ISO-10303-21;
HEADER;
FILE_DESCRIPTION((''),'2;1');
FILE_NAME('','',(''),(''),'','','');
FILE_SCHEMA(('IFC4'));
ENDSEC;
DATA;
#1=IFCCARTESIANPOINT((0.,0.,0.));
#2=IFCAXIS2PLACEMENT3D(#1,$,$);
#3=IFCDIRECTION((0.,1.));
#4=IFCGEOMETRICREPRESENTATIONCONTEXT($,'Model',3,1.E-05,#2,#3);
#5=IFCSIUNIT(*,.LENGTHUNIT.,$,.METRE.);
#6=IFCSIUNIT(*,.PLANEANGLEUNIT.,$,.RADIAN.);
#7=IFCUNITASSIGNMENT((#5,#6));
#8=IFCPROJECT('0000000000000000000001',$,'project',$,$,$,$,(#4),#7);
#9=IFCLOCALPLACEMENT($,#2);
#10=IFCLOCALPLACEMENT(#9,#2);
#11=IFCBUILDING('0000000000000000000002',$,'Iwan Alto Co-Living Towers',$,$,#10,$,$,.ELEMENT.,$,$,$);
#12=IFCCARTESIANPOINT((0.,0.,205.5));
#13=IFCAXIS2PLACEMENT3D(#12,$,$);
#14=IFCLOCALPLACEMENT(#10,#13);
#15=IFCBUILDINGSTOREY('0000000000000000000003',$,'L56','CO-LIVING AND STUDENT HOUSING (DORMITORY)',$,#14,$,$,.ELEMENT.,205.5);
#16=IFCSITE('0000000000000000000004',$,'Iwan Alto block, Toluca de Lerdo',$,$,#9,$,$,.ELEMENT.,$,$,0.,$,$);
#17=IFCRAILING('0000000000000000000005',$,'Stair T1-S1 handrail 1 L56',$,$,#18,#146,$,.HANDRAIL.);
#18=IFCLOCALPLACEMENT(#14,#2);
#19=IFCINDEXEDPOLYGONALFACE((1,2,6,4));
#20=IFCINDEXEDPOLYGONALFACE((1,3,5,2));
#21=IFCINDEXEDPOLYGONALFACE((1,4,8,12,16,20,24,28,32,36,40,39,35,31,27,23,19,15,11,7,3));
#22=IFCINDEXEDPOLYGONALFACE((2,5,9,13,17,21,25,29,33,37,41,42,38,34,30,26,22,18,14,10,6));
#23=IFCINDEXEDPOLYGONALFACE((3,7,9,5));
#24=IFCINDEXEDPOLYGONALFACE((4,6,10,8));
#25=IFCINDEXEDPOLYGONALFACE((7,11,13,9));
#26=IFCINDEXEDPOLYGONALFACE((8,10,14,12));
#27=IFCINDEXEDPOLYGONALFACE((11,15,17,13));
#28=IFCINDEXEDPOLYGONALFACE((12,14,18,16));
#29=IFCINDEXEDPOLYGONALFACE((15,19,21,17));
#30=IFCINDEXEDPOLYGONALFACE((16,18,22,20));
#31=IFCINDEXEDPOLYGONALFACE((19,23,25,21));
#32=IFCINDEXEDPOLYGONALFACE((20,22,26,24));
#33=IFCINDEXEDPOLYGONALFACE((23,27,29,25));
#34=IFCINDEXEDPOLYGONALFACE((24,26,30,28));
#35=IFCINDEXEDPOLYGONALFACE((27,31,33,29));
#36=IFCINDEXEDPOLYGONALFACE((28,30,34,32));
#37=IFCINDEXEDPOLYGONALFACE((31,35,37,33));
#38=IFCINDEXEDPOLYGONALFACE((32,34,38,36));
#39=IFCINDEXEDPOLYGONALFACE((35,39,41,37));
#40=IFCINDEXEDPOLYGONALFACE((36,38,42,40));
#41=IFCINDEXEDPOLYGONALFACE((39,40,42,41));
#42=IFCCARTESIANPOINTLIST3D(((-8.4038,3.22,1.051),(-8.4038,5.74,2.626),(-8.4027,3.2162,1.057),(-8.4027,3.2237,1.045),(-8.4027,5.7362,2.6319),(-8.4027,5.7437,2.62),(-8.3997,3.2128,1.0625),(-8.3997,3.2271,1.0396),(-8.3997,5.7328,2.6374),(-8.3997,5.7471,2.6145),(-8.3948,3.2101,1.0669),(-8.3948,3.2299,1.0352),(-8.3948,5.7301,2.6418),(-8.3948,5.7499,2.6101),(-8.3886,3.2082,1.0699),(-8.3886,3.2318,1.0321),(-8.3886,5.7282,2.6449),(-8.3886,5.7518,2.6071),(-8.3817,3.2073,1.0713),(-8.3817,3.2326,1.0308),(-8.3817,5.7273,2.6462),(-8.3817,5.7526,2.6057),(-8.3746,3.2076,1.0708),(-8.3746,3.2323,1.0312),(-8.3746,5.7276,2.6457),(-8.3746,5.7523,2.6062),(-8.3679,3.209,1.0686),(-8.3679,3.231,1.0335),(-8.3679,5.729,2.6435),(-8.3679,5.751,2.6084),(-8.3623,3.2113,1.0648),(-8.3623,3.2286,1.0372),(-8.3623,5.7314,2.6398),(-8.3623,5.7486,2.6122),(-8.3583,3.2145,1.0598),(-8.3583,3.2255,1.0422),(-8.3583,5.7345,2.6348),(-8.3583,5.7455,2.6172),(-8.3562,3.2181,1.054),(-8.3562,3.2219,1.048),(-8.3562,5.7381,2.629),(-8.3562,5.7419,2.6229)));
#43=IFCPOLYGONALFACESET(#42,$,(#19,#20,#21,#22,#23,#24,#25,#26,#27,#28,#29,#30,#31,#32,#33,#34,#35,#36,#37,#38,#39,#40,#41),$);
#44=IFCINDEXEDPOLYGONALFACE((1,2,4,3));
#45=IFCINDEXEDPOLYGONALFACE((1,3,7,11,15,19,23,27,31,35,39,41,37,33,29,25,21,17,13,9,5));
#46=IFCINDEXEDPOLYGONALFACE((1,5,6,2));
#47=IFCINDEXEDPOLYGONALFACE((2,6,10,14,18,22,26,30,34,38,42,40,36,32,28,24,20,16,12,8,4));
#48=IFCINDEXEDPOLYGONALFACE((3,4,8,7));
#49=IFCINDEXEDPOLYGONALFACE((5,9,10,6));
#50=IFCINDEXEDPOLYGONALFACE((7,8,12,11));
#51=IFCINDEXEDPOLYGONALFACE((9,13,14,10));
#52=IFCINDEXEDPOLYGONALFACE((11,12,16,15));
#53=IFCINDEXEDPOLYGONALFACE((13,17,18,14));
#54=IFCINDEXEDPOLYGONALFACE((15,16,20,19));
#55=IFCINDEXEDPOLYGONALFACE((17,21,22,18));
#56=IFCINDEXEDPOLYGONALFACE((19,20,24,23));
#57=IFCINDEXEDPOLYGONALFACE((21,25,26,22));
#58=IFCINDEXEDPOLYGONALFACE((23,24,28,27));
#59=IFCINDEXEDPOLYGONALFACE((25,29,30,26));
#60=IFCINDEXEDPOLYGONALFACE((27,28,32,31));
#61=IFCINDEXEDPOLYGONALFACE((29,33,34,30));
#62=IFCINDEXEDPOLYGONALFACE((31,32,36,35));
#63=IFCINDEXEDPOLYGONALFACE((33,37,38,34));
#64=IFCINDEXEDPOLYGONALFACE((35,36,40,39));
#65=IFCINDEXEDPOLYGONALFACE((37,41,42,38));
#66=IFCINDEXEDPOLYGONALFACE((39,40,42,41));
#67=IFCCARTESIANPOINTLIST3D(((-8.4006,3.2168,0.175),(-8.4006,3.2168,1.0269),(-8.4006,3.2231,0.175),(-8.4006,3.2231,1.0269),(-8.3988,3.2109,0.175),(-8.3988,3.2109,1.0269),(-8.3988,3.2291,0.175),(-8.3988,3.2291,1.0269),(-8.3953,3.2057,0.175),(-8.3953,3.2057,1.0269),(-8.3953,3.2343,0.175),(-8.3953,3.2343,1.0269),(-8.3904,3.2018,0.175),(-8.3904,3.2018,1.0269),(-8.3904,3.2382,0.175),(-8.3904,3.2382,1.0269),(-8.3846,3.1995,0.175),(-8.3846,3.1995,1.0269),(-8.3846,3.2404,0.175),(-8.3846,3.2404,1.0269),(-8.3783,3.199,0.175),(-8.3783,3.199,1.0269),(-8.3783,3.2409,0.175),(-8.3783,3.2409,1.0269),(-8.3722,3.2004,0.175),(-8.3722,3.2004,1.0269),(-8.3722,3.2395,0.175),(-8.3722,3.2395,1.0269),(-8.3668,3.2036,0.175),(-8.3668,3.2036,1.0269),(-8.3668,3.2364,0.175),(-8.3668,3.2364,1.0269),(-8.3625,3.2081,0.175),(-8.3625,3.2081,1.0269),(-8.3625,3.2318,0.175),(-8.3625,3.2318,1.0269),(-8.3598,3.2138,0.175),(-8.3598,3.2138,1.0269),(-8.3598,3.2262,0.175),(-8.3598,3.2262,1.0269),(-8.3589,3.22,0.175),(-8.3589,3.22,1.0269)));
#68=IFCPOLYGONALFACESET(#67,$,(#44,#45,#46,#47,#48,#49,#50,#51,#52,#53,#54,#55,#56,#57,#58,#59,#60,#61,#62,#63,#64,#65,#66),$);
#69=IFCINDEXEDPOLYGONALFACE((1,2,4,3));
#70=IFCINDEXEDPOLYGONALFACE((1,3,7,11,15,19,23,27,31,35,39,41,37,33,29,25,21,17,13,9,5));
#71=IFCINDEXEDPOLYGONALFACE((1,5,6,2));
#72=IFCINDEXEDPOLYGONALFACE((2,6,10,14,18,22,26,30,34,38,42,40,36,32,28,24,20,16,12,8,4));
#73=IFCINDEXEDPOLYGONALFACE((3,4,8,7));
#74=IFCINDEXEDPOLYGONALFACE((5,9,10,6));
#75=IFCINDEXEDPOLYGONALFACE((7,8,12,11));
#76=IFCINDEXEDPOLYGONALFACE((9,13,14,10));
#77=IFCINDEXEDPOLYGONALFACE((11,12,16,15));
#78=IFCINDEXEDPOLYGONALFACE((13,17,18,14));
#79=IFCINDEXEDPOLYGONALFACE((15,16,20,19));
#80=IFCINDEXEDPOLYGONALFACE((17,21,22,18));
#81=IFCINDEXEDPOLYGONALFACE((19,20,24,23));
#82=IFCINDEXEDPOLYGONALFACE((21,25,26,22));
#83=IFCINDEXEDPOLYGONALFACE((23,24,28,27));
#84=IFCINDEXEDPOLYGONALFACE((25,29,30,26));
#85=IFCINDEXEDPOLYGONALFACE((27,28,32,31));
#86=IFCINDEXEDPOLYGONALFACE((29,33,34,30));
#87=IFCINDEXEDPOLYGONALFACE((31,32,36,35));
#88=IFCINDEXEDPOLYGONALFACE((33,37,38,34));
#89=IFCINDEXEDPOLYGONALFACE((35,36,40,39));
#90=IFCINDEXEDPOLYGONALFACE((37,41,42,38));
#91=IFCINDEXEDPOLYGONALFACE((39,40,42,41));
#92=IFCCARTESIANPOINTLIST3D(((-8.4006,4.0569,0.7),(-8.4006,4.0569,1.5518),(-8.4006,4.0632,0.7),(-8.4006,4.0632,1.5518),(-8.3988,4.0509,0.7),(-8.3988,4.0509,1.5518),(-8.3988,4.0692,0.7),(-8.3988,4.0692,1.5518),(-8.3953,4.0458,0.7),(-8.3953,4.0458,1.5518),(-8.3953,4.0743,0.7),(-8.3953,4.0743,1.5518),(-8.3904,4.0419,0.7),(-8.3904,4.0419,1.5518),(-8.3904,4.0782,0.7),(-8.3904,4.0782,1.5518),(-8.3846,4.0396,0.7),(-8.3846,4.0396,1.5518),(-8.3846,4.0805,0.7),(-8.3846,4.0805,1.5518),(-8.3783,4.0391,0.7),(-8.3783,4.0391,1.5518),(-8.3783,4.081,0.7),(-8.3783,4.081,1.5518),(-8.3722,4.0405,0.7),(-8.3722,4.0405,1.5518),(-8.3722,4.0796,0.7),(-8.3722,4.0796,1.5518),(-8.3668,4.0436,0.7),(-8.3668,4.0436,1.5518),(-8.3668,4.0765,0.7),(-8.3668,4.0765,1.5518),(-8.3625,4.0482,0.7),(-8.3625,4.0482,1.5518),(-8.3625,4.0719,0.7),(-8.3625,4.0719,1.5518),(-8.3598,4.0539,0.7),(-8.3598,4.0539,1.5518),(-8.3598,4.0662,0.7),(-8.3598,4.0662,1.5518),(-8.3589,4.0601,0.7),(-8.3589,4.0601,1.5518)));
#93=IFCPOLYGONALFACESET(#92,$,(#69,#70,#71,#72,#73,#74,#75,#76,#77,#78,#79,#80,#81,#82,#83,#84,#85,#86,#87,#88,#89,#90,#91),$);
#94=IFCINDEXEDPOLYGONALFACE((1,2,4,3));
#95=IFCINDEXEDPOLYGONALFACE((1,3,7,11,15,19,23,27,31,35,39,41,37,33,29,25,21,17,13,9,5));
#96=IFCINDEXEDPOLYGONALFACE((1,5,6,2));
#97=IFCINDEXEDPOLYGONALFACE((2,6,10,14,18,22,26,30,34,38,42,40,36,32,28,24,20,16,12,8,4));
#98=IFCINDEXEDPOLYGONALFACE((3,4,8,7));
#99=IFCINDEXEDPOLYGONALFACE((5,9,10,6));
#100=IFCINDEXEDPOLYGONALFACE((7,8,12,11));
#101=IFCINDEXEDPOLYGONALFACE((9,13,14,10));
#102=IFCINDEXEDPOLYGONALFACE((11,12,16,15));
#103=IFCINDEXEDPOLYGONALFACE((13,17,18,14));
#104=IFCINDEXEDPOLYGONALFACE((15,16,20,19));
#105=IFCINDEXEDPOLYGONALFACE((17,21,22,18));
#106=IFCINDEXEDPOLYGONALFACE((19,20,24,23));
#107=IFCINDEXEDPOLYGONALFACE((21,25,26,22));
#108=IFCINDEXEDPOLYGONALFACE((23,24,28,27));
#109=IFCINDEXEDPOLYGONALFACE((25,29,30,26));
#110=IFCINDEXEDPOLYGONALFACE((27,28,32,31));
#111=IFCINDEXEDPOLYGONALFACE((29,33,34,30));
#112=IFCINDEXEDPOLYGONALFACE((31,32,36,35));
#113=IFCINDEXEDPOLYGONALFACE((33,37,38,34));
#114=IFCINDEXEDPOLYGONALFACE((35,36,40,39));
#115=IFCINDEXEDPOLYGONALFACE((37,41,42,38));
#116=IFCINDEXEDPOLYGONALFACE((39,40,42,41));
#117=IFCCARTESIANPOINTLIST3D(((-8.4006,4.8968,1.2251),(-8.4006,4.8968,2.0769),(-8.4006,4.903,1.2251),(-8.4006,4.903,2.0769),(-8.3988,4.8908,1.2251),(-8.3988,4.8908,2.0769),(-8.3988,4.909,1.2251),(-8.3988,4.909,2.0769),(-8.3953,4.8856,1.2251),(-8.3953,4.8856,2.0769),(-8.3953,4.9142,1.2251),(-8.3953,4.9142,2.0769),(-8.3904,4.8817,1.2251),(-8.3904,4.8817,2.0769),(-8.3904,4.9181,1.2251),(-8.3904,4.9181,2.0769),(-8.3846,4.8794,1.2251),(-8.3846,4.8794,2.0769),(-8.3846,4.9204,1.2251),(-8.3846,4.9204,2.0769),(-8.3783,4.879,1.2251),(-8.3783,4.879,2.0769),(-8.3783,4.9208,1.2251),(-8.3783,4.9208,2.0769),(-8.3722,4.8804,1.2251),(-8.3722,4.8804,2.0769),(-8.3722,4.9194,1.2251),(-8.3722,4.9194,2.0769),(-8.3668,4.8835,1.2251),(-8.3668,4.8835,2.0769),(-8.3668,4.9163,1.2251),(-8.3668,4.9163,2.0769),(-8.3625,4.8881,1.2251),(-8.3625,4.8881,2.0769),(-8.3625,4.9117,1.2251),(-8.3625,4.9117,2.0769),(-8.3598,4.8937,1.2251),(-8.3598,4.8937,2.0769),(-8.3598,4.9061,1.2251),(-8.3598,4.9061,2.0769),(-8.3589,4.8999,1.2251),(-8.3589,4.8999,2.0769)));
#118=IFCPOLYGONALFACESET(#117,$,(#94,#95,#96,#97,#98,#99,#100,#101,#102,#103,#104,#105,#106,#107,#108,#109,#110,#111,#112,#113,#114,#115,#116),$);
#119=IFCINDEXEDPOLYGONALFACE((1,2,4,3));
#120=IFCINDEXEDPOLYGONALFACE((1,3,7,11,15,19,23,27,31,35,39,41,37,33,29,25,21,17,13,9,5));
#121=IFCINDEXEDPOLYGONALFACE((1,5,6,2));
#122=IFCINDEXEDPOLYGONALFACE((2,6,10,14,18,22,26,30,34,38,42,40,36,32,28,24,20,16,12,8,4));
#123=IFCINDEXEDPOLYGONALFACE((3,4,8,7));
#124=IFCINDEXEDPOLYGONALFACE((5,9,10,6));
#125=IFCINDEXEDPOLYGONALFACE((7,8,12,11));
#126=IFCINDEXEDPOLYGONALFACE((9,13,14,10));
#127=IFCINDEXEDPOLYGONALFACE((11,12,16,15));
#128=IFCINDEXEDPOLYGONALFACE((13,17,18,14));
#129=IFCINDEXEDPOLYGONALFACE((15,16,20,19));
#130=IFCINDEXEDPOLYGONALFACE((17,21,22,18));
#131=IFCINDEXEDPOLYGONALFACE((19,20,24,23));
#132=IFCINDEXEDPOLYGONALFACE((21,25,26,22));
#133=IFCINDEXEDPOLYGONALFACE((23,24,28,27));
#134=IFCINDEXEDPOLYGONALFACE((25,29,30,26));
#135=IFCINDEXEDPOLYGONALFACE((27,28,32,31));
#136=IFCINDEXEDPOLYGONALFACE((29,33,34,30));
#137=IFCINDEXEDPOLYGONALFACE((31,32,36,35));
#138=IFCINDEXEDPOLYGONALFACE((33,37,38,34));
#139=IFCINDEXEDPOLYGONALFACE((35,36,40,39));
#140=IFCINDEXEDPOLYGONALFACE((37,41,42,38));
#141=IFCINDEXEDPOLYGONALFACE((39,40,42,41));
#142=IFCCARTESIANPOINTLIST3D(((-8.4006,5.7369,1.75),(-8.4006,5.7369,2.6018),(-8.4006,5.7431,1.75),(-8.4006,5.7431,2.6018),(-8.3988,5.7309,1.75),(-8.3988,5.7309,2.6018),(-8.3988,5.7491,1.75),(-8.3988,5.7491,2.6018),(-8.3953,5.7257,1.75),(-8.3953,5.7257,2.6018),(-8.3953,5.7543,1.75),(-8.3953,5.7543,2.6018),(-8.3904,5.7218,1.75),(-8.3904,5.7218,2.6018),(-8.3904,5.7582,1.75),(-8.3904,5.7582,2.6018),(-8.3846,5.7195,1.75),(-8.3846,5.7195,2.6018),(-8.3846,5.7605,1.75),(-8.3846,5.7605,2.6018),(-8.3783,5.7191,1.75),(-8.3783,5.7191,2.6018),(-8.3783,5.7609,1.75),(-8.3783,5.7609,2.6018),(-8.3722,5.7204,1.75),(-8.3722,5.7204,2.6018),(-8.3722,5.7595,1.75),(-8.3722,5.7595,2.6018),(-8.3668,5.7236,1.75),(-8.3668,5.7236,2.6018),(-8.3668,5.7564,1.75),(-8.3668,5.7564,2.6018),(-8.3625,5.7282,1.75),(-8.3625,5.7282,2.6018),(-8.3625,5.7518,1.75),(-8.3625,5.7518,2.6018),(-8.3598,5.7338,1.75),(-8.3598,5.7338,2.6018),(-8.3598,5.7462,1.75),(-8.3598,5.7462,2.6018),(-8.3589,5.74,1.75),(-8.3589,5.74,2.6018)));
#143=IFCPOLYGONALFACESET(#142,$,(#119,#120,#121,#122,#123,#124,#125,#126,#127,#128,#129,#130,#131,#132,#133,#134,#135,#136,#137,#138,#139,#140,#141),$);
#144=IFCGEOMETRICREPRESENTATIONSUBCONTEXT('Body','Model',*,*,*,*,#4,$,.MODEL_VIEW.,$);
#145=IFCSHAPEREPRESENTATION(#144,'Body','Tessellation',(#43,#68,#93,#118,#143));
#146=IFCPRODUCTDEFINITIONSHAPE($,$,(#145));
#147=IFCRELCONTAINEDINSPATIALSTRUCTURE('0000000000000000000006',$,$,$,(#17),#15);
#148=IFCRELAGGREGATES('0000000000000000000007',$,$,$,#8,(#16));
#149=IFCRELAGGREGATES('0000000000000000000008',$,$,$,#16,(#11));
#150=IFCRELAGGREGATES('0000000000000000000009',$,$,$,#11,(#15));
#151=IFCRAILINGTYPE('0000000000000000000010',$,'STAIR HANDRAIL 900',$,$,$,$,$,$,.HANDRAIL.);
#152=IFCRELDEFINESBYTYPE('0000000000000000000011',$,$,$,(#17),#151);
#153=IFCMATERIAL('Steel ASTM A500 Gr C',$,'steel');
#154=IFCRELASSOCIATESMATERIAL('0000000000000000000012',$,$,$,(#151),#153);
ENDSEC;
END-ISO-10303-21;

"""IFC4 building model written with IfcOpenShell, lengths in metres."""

from ifc_helpers import new_model, si_unit, direction, frame, origin, origin_2d, place, context, subcontext, project, spatial, circle, extrude, material, type_object, element, save


model = new_model("IFC4")

# Units and contexts
model_context = context("Model", 3, precision=1e-05, world=origin(), true_north=direction((0.0, 1.0)))
body_context = subcontext(model_context, "Body", "Model", "MODEL_VIEW")
ifc_project = project(units=[si_unit("LENGTHUNIT", "METRE"), si_unit("PLANEANGLEUNIT", "RADIAN")], contexts=[model_context])

# Site, building, storey
site_placement = place(None, origin())
site = spatial("IfcSite", under=ifc_project, at=site_placement, Name="Iwan Alto block, Toluca de Lerdo", CompositionType="ELEMENT", RefElevation=0.0)
building_placement = place(site_placement, origin())
building = spatial("IfcBuilding", under=site, at=building_placement, Name="Iwan Alto Co-Living Towers", CompositionType="ELEMENT")
storey_placement = place(building_placement, frame((0.0, 0.0, 205.5)))
storey = spatial("IfcBuildingStorey", under=building, at=storey_placement, Name="L56", Description="CO-LIVING AND STUDENT HOUSING (DORMITORY)", CompositionType="ELEMENT", Elevation=205.5)

# Railing
ifc_material_1 = material(Name="Steel ASTM A500 Gr C", Category="steel")
railing_type_1 = type_object("IfcRailingType", Name="STAIR HANDRAIL 900", PredefinedType="HANDRAIL", material=ifc_material_1)
railing_1_placement = place(storey_placement, frame((-8.3799, 3.22, 0.175)))
element("IfcRailing", 1, at=railing_1_placement, inside=storey, type_object=railing_type_1, Name="Stair T1-S1 handrail 1 L56", PredefinedType="HANDRAIL", context=body_context, shape_type="SweptSolid", body=[
    extrude(circle(Radius=0.0239, at=origin_2d()), frame((0.0, 0.0, 0.876), z_axis=(0.0, 0.848008, 0.529984), x_axis=(-1.0, 0.0, 0.0)), (0.0, 0.0, 1.0), 2.9717),
    extrude(circle(Radius=0.021, at=origin_2d()), origin(), (0.0, 0.0, 1.0), 0.8518),
    extrude(circle(Radius=0.021, at=origin_2d()), frame((0.0, 0.8401, 0.5249)), (0.0, 0.0, 1.0), 0.8518),
    extrude(circle(Radius=0.021, at=origin_2d()), frame((0.0, 1.6799, 1.05)), (0.0, 0.0, 1.0), 0.8518),
    extrude(circle(Radius=0.021, at=origin_2d()), frame((0.0, 2.52, 1.575)), (0.0, 0.0, 1.0), 0.8518),
])

save(model, "model.ifc")
